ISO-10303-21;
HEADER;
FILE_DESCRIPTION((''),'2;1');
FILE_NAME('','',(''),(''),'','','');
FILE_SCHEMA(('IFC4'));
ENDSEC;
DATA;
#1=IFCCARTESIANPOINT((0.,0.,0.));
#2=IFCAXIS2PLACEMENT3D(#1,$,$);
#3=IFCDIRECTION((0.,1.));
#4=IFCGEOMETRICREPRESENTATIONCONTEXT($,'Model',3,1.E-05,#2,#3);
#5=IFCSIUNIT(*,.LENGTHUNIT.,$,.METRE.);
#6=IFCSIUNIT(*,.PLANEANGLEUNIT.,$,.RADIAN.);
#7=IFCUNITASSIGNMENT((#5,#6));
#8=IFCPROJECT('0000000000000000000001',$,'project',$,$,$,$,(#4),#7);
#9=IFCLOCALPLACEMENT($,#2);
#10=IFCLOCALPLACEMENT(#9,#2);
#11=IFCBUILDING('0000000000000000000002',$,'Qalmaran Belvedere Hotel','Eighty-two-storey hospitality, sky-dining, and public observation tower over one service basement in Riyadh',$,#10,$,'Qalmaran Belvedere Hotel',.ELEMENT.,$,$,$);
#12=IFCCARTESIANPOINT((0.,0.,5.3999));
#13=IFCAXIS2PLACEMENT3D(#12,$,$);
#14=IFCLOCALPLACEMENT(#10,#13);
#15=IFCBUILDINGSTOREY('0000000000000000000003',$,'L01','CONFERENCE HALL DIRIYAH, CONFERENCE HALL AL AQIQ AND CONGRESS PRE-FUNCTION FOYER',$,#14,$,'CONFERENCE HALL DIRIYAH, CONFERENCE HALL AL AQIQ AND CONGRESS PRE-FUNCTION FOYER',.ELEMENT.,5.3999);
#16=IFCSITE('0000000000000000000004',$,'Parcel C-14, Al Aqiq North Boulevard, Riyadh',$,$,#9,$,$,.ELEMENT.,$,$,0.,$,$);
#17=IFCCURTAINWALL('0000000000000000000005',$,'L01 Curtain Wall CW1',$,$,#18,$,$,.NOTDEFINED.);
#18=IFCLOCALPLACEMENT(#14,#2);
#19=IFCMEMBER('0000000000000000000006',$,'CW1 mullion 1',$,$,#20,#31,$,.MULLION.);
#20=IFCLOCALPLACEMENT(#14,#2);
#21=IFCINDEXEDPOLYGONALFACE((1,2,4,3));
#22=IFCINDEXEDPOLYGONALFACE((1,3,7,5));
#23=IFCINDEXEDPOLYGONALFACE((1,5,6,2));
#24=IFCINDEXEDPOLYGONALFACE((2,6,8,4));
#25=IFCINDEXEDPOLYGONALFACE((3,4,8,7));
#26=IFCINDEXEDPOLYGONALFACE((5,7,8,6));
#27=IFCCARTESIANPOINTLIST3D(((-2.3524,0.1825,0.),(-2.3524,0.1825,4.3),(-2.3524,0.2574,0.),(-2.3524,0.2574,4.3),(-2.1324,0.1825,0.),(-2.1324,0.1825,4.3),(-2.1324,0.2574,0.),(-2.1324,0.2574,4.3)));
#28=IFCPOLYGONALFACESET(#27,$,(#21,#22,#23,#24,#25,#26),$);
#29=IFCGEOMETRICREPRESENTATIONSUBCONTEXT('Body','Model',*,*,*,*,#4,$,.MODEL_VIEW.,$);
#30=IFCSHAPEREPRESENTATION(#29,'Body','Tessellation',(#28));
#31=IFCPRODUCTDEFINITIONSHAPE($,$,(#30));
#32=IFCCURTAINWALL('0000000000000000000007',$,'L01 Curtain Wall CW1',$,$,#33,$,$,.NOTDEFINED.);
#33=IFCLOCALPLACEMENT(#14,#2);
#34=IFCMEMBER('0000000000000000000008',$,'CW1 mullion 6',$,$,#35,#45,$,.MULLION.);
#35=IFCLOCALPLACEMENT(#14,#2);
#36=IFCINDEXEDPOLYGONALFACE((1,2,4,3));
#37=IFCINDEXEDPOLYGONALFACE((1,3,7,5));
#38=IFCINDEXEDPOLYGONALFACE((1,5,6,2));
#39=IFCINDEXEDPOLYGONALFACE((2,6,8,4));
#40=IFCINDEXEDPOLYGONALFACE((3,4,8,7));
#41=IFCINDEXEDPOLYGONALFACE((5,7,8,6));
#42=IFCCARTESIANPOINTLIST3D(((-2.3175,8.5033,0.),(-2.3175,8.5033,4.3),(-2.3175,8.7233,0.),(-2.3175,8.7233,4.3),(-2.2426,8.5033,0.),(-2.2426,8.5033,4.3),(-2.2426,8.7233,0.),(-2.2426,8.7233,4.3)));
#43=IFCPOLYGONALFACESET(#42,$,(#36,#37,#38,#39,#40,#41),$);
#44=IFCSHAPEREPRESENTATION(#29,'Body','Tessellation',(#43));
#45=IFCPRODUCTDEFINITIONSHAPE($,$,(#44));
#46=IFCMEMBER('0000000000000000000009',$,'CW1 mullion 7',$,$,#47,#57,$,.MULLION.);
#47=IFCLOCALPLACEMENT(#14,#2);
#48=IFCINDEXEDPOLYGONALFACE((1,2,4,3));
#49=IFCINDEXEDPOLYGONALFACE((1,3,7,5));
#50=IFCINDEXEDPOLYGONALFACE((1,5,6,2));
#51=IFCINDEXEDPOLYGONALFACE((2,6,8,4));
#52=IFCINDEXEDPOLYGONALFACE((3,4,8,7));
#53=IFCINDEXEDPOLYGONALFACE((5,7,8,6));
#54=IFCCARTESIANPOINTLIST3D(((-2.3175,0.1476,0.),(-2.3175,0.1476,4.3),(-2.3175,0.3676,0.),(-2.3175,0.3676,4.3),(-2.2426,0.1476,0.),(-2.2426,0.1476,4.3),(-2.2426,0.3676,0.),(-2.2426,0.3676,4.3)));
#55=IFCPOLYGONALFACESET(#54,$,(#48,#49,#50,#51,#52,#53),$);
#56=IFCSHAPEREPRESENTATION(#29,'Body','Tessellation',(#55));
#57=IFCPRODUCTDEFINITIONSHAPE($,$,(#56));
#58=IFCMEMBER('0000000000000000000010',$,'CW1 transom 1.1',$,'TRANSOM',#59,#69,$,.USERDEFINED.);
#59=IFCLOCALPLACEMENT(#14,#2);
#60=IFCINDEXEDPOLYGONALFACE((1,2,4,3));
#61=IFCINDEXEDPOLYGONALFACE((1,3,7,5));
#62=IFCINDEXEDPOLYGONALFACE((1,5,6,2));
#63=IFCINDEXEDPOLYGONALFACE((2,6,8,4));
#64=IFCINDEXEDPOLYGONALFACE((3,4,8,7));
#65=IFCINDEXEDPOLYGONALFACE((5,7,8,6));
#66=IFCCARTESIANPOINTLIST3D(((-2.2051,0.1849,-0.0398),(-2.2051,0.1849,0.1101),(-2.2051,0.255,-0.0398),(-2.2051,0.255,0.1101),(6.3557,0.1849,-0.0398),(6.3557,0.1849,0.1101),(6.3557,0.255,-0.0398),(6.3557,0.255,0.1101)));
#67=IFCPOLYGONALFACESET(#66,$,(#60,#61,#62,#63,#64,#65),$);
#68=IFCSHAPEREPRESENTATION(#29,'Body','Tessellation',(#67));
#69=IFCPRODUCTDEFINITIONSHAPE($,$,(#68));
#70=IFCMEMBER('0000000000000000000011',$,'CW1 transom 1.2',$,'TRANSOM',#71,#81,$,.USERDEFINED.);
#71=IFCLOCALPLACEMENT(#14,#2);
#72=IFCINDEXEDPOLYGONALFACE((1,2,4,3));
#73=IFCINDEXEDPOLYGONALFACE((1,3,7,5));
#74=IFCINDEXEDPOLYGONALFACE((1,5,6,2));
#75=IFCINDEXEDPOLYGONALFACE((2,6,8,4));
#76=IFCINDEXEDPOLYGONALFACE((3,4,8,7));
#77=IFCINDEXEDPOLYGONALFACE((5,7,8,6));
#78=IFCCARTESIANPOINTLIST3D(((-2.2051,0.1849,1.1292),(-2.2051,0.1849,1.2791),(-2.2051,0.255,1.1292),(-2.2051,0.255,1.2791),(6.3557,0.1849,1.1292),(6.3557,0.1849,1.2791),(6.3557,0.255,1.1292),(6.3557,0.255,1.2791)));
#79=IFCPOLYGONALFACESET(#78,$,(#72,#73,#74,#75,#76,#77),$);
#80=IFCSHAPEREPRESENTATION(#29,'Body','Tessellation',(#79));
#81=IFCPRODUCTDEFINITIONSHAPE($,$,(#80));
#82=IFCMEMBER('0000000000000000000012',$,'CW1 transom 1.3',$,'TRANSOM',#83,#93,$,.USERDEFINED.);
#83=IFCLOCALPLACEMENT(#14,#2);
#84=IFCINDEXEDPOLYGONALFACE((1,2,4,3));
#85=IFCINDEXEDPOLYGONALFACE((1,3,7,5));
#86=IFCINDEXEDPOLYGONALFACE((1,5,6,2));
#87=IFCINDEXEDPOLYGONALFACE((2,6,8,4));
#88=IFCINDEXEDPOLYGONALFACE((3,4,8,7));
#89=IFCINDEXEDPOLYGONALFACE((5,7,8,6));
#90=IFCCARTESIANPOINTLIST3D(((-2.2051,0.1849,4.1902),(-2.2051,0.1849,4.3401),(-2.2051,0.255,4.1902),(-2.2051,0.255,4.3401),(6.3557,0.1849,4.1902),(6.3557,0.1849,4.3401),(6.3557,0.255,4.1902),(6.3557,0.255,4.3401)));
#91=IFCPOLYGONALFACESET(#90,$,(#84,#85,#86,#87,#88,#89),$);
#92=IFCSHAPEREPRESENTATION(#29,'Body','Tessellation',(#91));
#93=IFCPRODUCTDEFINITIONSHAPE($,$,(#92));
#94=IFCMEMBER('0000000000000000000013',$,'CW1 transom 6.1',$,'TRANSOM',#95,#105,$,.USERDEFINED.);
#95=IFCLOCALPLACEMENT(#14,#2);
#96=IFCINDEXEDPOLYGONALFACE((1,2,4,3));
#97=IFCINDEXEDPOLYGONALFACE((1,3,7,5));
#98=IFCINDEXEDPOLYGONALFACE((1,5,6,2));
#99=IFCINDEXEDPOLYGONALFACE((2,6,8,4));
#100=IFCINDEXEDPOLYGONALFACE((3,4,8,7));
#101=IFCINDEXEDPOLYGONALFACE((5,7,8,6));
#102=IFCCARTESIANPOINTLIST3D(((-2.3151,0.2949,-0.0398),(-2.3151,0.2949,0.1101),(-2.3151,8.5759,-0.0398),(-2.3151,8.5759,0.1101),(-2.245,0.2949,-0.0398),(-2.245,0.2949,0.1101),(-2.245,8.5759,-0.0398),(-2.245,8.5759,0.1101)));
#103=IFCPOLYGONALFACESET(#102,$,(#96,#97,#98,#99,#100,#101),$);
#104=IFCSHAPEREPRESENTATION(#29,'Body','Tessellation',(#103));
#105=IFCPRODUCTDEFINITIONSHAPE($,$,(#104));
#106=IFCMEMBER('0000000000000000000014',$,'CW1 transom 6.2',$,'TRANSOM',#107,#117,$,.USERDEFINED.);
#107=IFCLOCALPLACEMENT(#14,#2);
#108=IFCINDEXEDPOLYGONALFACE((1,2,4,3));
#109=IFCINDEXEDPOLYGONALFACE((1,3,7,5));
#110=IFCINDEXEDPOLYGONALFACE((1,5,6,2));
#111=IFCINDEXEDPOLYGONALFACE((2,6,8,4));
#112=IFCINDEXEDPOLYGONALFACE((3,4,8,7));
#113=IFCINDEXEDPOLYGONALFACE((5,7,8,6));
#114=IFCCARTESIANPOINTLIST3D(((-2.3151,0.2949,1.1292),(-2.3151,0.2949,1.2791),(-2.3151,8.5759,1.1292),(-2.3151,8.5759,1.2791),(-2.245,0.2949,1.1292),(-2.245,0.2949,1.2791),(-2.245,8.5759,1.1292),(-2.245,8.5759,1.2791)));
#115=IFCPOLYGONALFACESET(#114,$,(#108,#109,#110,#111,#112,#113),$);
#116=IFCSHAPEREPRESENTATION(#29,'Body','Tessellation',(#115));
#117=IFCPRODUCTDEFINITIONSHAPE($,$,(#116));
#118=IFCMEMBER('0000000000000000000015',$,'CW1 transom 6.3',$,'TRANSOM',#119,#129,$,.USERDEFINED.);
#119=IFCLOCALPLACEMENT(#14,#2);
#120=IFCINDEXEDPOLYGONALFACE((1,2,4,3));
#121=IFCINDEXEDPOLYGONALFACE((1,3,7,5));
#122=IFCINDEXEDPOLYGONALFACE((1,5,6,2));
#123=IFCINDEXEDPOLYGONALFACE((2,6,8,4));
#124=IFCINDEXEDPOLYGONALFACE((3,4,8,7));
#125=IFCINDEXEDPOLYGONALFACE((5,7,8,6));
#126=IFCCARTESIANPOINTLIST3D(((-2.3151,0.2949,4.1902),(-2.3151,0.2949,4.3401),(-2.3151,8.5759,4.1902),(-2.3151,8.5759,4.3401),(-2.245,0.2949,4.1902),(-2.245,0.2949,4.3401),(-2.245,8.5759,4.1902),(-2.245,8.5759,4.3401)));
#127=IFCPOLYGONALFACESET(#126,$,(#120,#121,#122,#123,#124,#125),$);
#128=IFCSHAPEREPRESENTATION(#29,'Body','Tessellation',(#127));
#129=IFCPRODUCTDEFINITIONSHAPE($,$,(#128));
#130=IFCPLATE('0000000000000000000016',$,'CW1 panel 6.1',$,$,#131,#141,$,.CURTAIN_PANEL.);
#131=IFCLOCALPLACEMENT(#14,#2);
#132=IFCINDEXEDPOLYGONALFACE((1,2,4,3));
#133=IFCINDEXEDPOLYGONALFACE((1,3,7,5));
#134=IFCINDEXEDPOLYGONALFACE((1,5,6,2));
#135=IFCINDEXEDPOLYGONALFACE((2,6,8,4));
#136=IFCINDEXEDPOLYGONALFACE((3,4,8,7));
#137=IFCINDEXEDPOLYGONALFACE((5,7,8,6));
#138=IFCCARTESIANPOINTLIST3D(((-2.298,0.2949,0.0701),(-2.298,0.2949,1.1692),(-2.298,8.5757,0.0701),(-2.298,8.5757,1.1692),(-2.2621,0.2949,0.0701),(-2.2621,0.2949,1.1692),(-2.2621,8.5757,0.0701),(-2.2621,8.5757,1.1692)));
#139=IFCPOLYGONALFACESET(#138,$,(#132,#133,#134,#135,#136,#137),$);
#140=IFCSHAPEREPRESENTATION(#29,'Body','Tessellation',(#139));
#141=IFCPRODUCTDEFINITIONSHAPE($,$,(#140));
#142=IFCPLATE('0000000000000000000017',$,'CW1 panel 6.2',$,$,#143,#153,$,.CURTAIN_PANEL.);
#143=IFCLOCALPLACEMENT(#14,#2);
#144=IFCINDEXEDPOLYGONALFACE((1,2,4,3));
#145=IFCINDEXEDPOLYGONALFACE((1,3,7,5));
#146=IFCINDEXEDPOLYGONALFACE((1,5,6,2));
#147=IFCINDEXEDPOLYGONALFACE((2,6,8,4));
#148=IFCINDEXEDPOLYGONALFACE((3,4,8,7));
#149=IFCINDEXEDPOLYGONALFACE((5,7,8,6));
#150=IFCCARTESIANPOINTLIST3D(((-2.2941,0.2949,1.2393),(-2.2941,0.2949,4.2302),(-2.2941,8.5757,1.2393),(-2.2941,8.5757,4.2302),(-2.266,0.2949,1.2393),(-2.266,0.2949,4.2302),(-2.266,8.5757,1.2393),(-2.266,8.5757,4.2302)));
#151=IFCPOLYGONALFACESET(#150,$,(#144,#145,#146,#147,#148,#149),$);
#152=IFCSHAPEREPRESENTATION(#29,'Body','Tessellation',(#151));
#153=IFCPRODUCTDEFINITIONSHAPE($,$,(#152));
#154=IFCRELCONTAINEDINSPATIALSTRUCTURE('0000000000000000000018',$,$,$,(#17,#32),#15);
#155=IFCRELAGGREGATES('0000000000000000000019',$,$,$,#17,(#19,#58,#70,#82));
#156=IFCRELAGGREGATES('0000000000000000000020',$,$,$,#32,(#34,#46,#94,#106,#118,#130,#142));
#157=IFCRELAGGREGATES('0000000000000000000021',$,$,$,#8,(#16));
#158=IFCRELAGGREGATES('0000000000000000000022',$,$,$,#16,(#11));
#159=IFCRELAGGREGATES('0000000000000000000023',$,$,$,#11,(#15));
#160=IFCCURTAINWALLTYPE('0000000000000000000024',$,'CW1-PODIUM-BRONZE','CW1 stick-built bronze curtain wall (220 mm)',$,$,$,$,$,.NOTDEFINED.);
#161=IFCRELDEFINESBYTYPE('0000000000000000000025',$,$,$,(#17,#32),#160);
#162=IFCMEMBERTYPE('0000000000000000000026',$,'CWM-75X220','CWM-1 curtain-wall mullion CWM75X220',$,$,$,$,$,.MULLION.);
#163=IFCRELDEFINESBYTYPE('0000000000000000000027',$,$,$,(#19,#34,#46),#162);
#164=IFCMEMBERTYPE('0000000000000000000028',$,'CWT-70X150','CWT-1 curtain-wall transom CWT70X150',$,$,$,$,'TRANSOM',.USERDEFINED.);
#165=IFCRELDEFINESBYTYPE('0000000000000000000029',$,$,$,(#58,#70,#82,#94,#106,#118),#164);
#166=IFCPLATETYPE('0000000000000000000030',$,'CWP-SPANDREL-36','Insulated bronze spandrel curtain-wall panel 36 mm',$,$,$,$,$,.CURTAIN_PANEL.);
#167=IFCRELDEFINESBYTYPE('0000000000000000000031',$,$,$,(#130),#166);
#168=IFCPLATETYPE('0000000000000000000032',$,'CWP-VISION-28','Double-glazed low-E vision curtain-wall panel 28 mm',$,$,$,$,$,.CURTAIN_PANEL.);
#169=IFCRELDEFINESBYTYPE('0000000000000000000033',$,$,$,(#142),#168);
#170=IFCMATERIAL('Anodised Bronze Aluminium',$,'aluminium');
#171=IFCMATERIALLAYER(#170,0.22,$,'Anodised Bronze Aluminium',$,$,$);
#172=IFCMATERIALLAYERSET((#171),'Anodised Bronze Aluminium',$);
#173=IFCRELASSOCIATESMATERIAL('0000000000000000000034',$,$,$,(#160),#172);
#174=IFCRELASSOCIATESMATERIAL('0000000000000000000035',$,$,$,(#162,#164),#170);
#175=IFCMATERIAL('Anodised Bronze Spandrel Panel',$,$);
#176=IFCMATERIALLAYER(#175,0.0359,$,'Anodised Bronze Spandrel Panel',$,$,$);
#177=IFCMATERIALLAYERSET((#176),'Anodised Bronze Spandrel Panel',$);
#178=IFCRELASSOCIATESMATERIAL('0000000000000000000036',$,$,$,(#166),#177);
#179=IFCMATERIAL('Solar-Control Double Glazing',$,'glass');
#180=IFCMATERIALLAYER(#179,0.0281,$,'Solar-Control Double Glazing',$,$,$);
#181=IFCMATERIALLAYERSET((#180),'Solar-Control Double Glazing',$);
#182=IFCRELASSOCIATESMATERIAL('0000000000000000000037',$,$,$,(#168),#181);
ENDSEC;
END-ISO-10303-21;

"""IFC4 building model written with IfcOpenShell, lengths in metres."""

from ifc_helpers import new_model, si_unit, direction, frame, origin, origin_2d, place, context, subcontext, project, spatial, rectangle, extrude, material, layer, layer_set, material_profile, profile_set, type_object, element, aggregate, save


model = new_model("IFC4")

# Units and contexts
model_context = context("Model", 3, precision=1e-05, world=origin(), true_north=direction((0.0, 1.0)))
body_context = subcontext(model_context, "Body", "Model", "MODEL_VIEW")
ifc_project = project(units=[si_unit("LENGTHUNIT", "METRE"), si_unit("PLANEANGLEUNIT", "RADIAN")], contexts=[model_context])

# Site, building, storey
site_placement = place(None, origin())
site = spatial("IfcSite", under=ifc_project, at=site_placement, Name="Parcel C-14, Al Aqiq North Boulevard, Riyadh", CompositionType="ELEMENT", RefElevation=0.0)
building_placement = place(site_placement, origin())
building = spatial("IfcBuilding", under=site, at=building_placement, Name="Qalmaran Belvedere Hotel", Description="Eighty-two-storey hospitality, sky-dining, and public observation tower over one service basement in Riyadh", LongName="Qalmaran Belvedere Hotel", CompositionType="ELEMENT")
storey_placement = place(building_placement, frame((0.0, 0.0, 5.3999)))
storey = spatial("IfcBuildingStorey", under=building, at=storey_placement, Name="L01", Description="CONFERENCE HALL DIRIYAH, CONFERENCE HALL AL AQIQ AND CONGRESS PRE-FUNCTION FOYER", LongName="CONFERENCE HALL DIRIYAH, CONFERENCE HALL AL AQIQ AND CONGRESS PRE-FUNCTION FOYER", CompositionType="ELEMENT", Elevation=5.3999)

# Curtain wall, member
ifc_material_1 = material(Name="Anodised Bronze Aluminium", Category="aluminium")
ifc_layer_1 = layer(ifc_material_1, 0.22, Name="Anodised Bronze Aluminium")
ifc_layer_set_1 = layer_set([ifc_layer_1], Name="Anodised Bronze Aluminium")
curtain_wall_type = type_object("IfcCurtainWallType", Name="CW1-PODIUM-BRONZE", Description="CW1 stick-built bronze curtain wall (220 mm)", PredefinedType="NOTDEFINED", material=ifc_layer_set_1)
curtain_wall_1_placement = place(storey_placement, origin())
curtain_wall_1 = element("IfcCurtainWall", 1, at=curtain_wall_1_placement, inside=storey, type_object=curtain_wall_type, Name="L01 Curtain Wall CW1", PredefinedType="NOTDEFINED")
ifc_material_profile_1 = material_profile(ifc_material_1, rectangle(XDim=0.075, YDim=0.22, at=origin_2d()), Name="CWM75X220")
ifc_profile_set_1 = profile_set([ifc_material_profile_1], Name="Anodised Bronze Aluminium")
member_type_1 = type_object("IfcMemberType", Name="CWM-75X220", Description="CWM-1 curtain-wall mullion CWM75X220", PredefinedType="MULLION", material=ifc_profile_set_1)
member_1_placement = place(storey_placement, frame((-2.2424, 0.22, 0.0), z_axis=(0.0, 0.0, 1.0), x_axis=(0.0, 1.0, 0.0)))
member_1 = element("IfcMember", 2, at=member_1_placement, type_object=member_type_1, Name="CW1 mullion 1", PredefinedType="MULLION", context=body_context, shape_type="SweptSolid", body=[
    extrude(rectangle(XDim=0.075, YDim=0.22, at=origin_2d()), origin(), (0.0, 0.0, 1.0), 4.3),
])

# Curtain wall, members
curtain_wall_2_placement = place(storey_placement, origin())
curtain_wall_2 = element("IfcCurtainWall", 3, at=curtain_wall_2_placement, inside=storey, type_object=curtain_wall_type, Name="L01 Curtain Wall CW1", PredefinedType="NOTDEFINED")
member_2_placement = place(storey_placement, frame((-2.28, 8.6133, 0.0), z_axis=(0.0, 0.0, 1.0), x_axis=(1.0, 0.0, 0.0)))
member_2 = element("IfcMember", 4, at=member_2_placement, type_object=member_type_1, Name="CW1 mullion 6", PredefinedType="MULLION", context=body_context, shape_type="SweptSolid", body=[
    extrude(rectangle(XDim=0.075, YDim=0.22, at=origin_2d()), origin(), (0.0, 0.0, 1.0), 4.3),
])
member_3_placement = place(storey_placement, frame((-2.28, 0.2576, 0.0), z_axis=(0.0, 0.0, 1.0), x_axis=(1.0, 0.0, 0.0)))
member_3 = element("IfcMember", 5, at=member_3_placement, type_object=member_type_1, Name="CW1 mullion 7", PredefinedType="MULLION", context=body_context, shape_type="SweptSolid", body=[
    extrude(rectangle(XDim=0.075, YDim=0.22, at=origin_2d()), origin(), (0.0, 0.0, 1.0), 4.3),
])

# Members
ifc_material_profile_2 = material_profile(ifc_material_1, rectangle(XDim=0.0701, YDim=0.1499, at=origin_2d()), Name="CWT70X150")
ifc_profile_set_2 = profile_set([ifc_material_profile_2], Name="Anodised Bronze Aluminium")
member_type_2 = type_object("IfcMemberType", Name="CWT-70X150", Description="CWT-1 curtain-wall transom CWT70X150", ElementType="TRANSOM", PredefinedType="USERDEFINED", material=ifc_profile_set_2)
member_4_placement = place(storey_placement, frame((-2.2051, 0.22, 0.0352), z_axis=(1.0, 0.0, 0.0), x_axis=(0.0, 1.0, 0.0)))
member_4 = element("IfcMember", 6, at=member_4_placement, type_object=member_type_2, Name="CW1 transom 1.1", ObjectType="TRANSOM", PredefinedType="USERDEFINED", context=body_context, shape_type="SweptSolid", body=[
    extrude(rectangle(XDim=0.0701, YDim=0.1499, at=origin_2d()), origin(), (0.0, 0.0, 1.0), 8.5608),
])
member_5_placement = place(storey_placement, frame((-2.2051, 0.22, 1.2041), z_axis=(1.0, 0.0, 0.0), x_axis=(0.0, 1.0, 0.0)))
member_5 = element("IfcMember", 7, at=member_5_placement, type_object=member_type_2, Name="CW1 transom 1.2", ObjectType="TRANSOM", PredefinedType="USERDEFINED", context=body_context, shape_type="SweptSolid", body=[
    extrude(rectangle(XDim=0.0701, YDim=0.1499, at=origin_2d()), origin(), (0.0, 0.0, 1.0), 8.5608),
])
member_6_placement = place(storey_placement, frame((-2.2051, 0.22, 4.2651), z_axis=(1.0, 0.0, 0.0), x_axis=(0.0, 1.0, 0.0)))
member_6 = element("IfcMember", 8, at=member_6_placement, type_object=member_type_2, Name="CW1 transom 1.3", ObjectType="TRANSOM", PredefinedType="USERDEFINED", context=body_context, shape_type="SweptSolid", body=[
    extrude(rectangle(XDim=0.0701, YDim=0.1499, at=origin_2d()), origin(), (0.0, 0.0, 1.0), 8.5608),
])
aggregate(curtain_wall_1, [member_1, member_4, member_5, member_6])
member_7_placement = place(storey_placement, frame((-2.28, 8.5759, 0.0352), z_axis=(0.0, -1.0, 0.0), x_axis=(1.0, 0.0, 0.0)))
member_7 = element("IfcMember", 9, at=member_7_placement, type_object=member_type_2, Name="CW1 transom 6.1", ObjectType="TRANSOM", PredefinedType="USERDEFINED", context=body_context, shape_type="SweptSolid", body=[
    extrude(rectangle(XDim=0.0701, YDim=0.1499, at=origin_2d()), origin(), (0.0, 0.0, 1.0), 8.281),
])
member_8_placement = place(storey_placement, frame((-2.28, 8.5759, 1.2041), z_axis=(0.0, -1.0, 0.0), x_axis=(1.0, 0.0, 0.0)))
member_8 = element("IfcMember", 10, at=member_8_placement, type_object=member_type_2, Name="CW1 transom 6.2", ObjectType="TRANSOM", PredefinedType="USERDEFINED", context=body_context, shape_type="SweptSolid", body=[
    extrude(rectangle(XDim=0.0701, YDim=0.1499, at=origin_2d()), origin(), (0.0, 0.0, 1.0), 8.281),
])
member_9_placement = place(storey_placement, frame((-2.28, 8.5759, 4.2651), z_axis=(0.0, -1.0, 0.0), x_axis=(1.0, 0.0, 0.0)))
member_9 = element("IfcMember", 11, at=member_9_placement, type_object=member_type_2, Name="CW1 transom 6.3", ObjectType="TRANSOM", PredefinedType="USERDEFINED", context=body_context, shape_type="SweptSolid", body=[
    extrude(rectangle(XDim=0.0701, YDim=0.1499, at=origin_2d()), origin(), (0.0, 0.0, 1.0), 8.281),
])

# Plates
ifc_material_2 = material(Name="Anodised Bronze Spandrel Panel")
ifc_layer_2 = layer(ifc_material_2, 0.0359, Name="Anodised Bronze Spandrel Panel")
ifc_layer_set_2 = layer_set([ifc_layer_2], Name="Anodised Bronze Spandrel Panel")
plate_type_1 = type_object("IfcPlateType", Name="CWP-SPANDREL-36", Description="Insulated bronze spandrel curtain-wall panel 36 mm", PredefinedType="CURTAIN_PANEL", material=ifc_layer_set_2)
plate_1_placement = place(storey_placement, frame((-2.28, 4.4353, 0.0701), z_axis=(0.0, 0.0, 1.0), x_axis=(0.0, -1.0, 0.0)))
plate_1 = element("IfcPlate", 12, at=plate_1_placement, type_object=plate_type_1, Name="CW1 panel 6.1", PredefinedType="CURTAIN_PANEL", context=body_context, shape_type="SweptSolid", body=[
    extrude(rectangle(XDim=8.2808, YDim=0.0359, at=origin_2d()), origin(), (0.0, 0.0, 1.0), 1.0991),
])
ifc_material_3 = material(Name="Solar-Control Double Glazing", Category="glass")
ifc_layer_3 = layer(ifc_material_3, 0.0281, Name="Solar-Control Double Glazing")
ifc_layer_set_3 = layer_set([ifc_layer_3], Name="Solar-Control Double Glazing")
plate_type_2 = type_object("IfcPlateType", Name="CWP-VISION-28", Description="Double-glazed low-E vision curtain-wall panel 28 mm", PredefinedType="CURTAIN_PANEL", material=ifc_layer_set_3)
plate_2_placement = place(storey_placement, frame((-2.28, 4.4353, 1.2393), z_axis=(0.0, 0.0, 1.0), x_axis=(0.0, -1.0, 0.0)))
plate_2 = element("IfcPlate", 13, at=plate_2_placement, type_object=plate_type_2, Name="CW1 panel 6.2", PredefinedType="CURTAIN_PANEL", context=body_context, shape_type="SweptSolid", body=[
    extrude(rectangle(XDim=8.2808, YDim=0.0281, at=origin_2d()), origin(), (0.0, 0.0, 1.0), 2.991),
])
aggregate(curtain_wall_2, [member_2, member_3, member_7, member_8, member_9, plate_1, plate_2])

save(model, "model.ifc")
